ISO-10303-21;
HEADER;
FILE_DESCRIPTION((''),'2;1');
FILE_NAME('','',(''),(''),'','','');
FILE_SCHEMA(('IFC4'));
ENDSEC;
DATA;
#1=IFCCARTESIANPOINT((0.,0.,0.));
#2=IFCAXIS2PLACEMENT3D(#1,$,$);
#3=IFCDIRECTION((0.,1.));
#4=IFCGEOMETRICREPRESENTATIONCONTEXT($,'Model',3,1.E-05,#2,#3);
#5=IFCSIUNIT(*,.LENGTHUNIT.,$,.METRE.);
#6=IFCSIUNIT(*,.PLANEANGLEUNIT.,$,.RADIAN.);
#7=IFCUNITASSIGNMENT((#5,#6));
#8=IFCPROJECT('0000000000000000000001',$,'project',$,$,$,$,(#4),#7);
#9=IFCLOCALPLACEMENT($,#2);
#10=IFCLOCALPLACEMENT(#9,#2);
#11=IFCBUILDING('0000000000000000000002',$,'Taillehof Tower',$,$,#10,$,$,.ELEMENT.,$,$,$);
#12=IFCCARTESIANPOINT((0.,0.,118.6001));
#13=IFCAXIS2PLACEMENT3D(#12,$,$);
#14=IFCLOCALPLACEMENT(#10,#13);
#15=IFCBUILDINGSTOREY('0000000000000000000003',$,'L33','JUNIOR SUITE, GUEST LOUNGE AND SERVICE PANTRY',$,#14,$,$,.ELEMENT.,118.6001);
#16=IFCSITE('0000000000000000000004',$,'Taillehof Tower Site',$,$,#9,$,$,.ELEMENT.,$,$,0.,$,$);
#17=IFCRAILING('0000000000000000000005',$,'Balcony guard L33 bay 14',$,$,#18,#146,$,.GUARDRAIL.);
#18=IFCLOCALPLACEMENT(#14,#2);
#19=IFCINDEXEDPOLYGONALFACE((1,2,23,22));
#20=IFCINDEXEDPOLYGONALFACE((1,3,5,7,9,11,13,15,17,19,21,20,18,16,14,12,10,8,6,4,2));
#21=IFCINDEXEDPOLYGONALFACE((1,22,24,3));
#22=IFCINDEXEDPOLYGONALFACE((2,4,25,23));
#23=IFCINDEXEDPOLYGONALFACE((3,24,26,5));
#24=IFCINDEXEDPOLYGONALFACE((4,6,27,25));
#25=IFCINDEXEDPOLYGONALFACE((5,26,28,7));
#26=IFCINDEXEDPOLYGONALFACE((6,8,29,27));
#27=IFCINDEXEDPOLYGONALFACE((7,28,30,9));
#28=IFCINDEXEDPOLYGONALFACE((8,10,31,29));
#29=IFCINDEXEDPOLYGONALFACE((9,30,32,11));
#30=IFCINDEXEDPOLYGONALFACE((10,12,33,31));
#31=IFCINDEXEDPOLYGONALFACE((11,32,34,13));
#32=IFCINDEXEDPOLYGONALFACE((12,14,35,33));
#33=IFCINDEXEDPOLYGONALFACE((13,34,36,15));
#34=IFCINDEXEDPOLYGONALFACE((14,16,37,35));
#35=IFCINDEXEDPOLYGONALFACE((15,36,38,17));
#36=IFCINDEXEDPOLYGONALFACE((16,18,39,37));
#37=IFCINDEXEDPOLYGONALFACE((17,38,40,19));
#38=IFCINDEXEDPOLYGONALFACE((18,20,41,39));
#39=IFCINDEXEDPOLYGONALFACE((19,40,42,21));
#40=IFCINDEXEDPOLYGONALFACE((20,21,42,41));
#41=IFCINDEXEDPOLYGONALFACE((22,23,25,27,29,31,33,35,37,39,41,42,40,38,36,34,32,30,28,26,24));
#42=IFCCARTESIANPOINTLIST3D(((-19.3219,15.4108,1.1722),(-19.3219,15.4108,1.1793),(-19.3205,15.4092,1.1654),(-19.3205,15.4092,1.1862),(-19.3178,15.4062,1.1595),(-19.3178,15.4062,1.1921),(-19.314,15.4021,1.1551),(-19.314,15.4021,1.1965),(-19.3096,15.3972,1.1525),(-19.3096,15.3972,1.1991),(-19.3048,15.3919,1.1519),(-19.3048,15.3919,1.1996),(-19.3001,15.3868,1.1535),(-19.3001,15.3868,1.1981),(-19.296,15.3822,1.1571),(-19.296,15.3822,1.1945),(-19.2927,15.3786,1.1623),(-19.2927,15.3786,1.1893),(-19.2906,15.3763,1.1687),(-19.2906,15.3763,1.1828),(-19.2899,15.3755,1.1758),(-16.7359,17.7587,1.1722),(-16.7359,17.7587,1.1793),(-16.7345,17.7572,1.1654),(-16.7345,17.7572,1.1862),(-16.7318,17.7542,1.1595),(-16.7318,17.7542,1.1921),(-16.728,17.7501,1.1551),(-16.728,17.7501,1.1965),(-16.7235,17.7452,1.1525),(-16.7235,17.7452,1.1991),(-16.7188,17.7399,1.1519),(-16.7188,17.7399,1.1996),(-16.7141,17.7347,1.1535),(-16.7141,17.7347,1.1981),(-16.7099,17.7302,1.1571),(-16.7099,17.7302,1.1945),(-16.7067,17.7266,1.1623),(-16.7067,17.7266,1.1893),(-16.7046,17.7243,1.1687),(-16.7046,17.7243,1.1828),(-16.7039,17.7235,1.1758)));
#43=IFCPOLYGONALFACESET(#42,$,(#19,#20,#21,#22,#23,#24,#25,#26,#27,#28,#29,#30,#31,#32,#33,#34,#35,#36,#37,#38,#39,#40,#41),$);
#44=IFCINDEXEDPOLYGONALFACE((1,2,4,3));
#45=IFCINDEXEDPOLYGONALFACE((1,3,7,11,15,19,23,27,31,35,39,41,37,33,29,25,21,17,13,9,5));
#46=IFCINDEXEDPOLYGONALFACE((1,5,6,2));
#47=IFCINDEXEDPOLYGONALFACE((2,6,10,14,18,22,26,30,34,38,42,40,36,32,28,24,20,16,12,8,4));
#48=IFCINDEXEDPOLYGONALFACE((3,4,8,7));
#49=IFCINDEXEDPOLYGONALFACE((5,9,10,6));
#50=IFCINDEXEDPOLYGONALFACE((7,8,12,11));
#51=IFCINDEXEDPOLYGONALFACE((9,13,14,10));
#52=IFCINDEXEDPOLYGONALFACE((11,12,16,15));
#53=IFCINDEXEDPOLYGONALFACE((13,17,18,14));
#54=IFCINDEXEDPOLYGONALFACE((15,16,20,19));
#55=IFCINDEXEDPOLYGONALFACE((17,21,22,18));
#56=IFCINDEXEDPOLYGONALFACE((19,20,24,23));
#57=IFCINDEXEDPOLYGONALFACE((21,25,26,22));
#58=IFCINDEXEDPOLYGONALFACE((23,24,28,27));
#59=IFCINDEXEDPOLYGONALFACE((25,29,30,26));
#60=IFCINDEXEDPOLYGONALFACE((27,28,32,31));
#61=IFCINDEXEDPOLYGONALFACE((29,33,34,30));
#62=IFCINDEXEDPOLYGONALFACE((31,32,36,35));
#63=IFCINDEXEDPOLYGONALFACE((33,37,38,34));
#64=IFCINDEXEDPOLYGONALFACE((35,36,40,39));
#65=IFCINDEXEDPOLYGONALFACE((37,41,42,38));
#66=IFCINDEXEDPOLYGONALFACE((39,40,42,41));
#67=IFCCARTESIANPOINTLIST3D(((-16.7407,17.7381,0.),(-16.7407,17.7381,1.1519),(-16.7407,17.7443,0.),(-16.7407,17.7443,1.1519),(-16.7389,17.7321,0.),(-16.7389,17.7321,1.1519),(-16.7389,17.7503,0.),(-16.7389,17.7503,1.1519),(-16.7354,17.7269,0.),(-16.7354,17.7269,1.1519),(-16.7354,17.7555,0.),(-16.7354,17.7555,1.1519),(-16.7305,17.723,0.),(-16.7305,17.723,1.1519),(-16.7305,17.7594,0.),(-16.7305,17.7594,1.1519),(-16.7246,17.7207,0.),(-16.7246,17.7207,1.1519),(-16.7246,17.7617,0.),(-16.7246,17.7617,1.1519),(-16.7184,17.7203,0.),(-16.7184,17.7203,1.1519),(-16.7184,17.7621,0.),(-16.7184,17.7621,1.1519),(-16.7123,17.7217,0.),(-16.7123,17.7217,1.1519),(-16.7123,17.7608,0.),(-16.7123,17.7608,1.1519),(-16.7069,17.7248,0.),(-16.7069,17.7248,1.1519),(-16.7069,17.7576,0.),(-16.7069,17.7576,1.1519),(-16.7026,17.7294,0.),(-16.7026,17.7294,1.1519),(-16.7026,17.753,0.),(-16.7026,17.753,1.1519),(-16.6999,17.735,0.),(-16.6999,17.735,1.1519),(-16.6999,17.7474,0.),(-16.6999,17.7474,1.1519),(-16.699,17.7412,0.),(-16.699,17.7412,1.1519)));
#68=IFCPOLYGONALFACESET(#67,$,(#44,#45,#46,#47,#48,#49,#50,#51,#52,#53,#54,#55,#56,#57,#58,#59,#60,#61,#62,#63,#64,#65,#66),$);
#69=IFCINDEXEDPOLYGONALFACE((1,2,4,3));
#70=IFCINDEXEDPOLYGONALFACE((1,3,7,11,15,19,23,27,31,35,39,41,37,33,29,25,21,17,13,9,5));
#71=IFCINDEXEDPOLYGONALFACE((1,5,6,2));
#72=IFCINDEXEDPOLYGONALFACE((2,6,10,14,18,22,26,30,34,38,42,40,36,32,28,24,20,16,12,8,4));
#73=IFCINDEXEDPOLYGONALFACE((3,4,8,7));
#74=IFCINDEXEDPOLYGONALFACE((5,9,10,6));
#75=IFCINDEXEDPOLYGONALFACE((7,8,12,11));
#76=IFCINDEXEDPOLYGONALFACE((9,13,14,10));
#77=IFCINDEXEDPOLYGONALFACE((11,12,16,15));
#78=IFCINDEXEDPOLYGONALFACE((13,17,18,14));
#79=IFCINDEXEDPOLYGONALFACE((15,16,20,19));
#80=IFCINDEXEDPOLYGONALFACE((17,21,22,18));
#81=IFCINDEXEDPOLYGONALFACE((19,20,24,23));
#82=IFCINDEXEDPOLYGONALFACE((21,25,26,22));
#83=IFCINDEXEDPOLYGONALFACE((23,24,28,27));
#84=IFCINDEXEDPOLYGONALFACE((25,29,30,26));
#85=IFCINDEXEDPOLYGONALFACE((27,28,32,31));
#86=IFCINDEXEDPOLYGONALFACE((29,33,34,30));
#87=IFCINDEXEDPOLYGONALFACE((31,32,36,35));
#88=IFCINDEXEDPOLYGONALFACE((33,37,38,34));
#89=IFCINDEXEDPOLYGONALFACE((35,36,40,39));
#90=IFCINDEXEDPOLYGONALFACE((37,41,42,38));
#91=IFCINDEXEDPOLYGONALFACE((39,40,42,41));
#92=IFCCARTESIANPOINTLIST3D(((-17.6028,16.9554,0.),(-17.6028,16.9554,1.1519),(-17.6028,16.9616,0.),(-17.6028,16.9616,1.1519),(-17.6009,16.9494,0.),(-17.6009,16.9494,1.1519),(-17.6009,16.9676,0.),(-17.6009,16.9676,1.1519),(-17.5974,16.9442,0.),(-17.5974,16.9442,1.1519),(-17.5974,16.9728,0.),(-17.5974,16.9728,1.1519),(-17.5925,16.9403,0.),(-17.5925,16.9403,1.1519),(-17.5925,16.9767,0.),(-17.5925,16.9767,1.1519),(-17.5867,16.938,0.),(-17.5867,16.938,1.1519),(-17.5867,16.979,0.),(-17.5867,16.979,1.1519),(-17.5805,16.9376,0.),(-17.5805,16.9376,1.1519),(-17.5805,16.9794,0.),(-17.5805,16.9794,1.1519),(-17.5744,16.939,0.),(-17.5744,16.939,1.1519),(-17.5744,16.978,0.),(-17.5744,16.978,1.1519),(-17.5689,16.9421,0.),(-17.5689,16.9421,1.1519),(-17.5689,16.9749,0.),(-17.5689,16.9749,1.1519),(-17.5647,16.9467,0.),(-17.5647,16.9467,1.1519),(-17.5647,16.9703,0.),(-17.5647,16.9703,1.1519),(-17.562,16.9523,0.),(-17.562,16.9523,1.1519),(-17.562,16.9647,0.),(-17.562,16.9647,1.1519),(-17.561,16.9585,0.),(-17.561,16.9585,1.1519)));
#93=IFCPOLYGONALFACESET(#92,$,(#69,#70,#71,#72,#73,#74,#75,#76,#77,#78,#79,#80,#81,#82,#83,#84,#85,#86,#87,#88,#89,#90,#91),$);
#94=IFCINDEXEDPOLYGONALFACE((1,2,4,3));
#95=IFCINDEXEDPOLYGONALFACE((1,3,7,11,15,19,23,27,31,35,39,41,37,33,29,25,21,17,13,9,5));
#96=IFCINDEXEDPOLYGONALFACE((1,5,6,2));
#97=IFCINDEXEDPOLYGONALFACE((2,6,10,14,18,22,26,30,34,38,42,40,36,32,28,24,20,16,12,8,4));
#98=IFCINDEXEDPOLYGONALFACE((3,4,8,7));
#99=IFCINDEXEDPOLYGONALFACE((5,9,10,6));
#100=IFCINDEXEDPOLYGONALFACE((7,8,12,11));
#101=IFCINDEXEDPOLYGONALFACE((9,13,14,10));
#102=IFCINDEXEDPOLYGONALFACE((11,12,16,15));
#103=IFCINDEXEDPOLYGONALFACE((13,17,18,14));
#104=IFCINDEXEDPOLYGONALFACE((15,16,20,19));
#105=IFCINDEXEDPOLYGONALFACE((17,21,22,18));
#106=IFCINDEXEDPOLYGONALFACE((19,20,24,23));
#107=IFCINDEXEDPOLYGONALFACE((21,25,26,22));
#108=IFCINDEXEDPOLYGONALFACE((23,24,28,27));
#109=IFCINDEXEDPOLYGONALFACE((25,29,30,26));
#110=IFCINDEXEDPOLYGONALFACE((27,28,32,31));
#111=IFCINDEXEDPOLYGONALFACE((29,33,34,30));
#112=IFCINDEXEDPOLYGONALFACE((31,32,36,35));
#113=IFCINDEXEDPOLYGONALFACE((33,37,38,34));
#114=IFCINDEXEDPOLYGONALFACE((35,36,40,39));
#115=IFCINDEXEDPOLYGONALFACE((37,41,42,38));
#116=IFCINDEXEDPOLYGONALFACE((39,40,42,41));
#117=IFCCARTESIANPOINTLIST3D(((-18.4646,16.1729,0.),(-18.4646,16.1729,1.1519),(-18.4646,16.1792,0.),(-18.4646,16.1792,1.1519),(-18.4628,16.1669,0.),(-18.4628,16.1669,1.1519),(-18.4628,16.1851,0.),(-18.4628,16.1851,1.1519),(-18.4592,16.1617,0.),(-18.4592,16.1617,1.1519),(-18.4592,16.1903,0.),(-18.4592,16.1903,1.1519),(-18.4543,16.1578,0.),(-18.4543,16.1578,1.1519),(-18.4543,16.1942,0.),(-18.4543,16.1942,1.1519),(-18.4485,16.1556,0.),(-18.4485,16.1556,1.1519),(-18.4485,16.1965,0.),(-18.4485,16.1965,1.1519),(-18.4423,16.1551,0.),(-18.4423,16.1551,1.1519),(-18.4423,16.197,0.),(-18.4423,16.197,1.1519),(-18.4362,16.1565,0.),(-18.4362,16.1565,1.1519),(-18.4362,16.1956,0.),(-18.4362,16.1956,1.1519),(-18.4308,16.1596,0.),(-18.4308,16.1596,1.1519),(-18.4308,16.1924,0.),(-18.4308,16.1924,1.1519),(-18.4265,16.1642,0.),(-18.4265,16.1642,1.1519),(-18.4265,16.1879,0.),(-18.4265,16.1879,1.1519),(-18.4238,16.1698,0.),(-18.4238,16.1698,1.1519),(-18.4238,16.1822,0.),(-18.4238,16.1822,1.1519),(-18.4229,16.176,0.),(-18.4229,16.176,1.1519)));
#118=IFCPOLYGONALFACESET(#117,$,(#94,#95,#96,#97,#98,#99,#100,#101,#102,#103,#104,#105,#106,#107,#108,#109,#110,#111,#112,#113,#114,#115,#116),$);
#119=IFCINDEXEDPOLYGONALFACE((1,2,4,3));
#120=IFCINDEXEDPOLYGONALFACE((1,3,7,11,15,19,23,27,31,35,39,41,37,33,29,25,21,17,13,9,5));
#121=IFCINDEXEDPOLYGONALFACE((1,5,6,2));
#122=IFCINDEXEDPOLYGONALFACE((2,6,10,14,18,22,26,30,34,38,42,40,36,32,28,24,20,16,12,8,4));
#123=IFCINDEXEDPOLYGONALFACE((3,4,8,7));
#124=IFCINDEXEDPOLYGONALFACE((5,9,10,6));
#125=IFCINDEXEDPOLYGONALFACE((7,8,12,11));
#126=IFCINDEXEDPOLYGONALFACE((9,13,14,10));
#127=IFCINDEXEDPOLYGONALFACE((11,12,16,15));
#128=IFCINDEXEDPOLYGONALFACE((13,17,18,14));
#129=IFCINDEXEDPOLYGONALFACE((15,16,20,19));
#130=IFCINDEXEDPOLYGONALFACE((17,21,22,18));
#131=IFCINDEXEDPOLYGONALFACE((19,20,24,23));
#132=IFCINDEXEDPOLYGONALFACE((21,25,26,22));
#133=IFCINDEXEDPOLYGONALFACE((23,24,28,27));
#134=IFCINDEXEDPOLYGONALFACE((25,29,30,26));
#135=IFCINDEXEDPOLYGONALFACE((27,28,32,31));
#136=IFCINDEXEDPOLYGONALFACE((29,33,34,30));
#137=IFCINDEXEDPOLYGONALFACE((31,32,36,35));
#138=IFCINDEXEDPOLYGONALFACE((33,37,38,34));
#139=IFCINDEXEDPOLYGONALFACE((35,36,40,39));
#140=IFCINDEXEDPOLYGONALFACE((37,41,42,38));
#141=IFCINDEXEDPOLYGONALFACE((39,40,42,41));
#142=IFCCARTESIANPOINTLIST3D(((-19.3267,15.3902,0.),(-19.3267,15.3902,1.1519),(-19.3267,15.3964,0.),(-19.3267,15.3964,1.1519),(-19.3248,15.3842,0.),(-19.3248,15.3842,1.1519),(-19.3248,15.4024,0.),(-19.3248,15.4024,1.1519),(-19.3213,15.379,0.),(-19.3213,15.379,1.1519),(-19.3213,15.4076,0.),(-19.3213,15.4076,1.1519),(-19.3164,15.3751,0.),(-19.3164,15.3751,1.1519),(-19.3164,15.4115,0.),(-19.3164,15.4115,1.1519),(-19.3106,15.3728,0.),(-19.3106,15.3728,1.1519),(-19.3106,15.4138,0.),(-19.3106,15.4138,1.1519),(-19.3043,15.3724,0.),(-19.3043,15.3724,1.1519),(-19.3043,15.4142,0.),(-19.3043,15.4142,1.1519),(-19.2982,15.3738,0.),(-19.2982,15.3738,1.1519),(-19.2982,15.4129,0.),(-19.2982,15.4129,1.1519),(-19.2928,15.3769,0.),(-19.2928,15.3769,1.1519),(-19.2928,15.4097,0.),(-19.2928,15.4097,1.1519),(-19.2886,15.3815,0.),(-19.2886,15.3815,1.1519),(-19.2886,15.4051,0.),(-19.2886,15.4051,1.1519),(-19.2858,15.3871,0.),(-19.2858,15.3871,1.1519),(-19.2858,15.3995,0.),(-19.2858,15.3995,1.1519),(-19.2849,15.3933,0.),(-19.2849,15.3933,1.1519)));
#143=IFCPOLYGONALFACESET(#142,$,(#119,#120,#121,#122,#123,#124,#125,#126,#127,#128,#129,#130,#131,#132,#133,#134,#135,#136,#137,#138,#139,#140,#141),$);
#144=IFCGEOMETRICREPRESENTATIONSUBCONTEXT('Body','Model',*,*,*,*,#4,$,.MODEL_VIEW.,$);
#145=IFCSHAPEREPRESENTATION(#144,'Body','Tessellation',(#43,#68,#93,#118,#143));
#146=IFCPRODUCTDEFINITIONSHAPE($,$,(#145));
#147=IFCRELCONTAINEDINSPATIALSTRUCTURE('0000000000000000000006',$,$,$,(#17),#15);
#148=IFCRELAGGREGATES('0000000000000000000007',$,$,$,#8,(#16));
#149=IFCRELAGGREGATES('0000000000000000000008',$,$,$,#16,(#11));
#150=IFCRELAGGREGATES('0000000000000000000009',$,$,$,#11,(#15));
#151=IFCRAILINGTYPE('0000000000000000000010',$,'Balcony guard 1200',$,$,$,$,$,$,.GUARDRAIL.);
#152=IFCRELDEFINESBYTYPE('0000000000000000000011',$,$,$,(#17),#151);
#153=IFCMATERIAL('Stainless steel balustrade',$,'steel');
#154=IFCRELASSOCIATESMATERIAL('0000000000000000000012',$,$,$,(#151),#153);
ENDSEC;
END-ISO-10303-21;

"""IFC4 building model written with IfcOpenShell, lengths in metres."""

from ifc_helpers import new_model, si_unit, direction, frame, origin, origin_2d, place, context, subcontext, project, spatial, circle, extrude, material, type_object, element, save


model = new_model("IFC4")

# Units and contexts
model_context = context("Model", 3, precision=1e-05, world=origin(), true_north=direction((0.0, 1.0)))
body_context = subcontext(model_context, "Body", "Model", "MODEL_VIEW")
ifc_project = project(units=[si_unit("LENGTHUNIT", "METRE"), si_unit("PLANEANGLEUNIT", "RADIAN")], contexts=[model_context])

# Site, building, storey
site_placement = place(None, origin())
site = spatial("IfcSite", under=ifc_project, at=site_placement, Name="Taillehof Tower Site", CompositionType="ELEMENT", RefElevation=0.0)
building_placement = place(site_placement, origin())
building = spatial("IfcBuilding", under=site, at=building_placement, Name="Taillehof Tower", CompositionType="ELEMENT")
storey_placement = place(building_placement, frame((0.0, 0.0, 118.6001)))
storey = spatial("IfcBuildingStorey", under=building, at=storey_placement, Name="L33", Description="JUNIOR SUITE, GUEST LOUNGE AND SERVICE PANTRY", CompositionType="ELEMENT", Elevation=118.6001)

# Railing
ifc_material_1 = material(Name="Stainless steel balustrade", Category="steel")
railing_type_1 = type_object("IfcRailingType", Name="Balcony guard 1200", PredefinedType="GUARDRAIL", material=ifc_material_1)
railing_1_placement = place(storey_placement, frame((-16.72, 17.7412, 0.0)))
element("IfcRailing", 1, at=railing_1_placement, inside=storey, type_object=railing_type_1, Name="Balcony guard L33 bay 14", PredefinedType="GUARDRAIL", context=body_context, shape_type="SweptSolid", body=[
    extrude(circle(Radius=0.0239, at=origin_2d()), frame((0.0, 0.0, 1.1758), z_axis=(-0.740361, -0.67221, 0.0), x_axis=(0.67221, -0.740361, 0.0)), (0.0, 0.0, 1.0), 3.4929),
    extrude(circle(Radius=0.021, at=origin_2d()), origin(), (0.0, 0.0, 1.0), 1.1519),
    extrude(circle(Radius=0.021, at=origin_2d()), frame((-0.8621, -0.7827, 0.0)), (0.0, 0.0, 1.0), 1.1519),
    extrude(circle(Radius=0.021, at=origin_2d()), frame((-1.7239, -1.5652, 0.0)), (0.0, 0.0, 1.0), 1.1519),
    extrude(circle(Radius=0.021, at=origin_2d()), frame((-2.5859, -2.3479, 0.0)), (0.0, 0.0, 1.0), 1.1519),
])

save(model, "model.ifc")
